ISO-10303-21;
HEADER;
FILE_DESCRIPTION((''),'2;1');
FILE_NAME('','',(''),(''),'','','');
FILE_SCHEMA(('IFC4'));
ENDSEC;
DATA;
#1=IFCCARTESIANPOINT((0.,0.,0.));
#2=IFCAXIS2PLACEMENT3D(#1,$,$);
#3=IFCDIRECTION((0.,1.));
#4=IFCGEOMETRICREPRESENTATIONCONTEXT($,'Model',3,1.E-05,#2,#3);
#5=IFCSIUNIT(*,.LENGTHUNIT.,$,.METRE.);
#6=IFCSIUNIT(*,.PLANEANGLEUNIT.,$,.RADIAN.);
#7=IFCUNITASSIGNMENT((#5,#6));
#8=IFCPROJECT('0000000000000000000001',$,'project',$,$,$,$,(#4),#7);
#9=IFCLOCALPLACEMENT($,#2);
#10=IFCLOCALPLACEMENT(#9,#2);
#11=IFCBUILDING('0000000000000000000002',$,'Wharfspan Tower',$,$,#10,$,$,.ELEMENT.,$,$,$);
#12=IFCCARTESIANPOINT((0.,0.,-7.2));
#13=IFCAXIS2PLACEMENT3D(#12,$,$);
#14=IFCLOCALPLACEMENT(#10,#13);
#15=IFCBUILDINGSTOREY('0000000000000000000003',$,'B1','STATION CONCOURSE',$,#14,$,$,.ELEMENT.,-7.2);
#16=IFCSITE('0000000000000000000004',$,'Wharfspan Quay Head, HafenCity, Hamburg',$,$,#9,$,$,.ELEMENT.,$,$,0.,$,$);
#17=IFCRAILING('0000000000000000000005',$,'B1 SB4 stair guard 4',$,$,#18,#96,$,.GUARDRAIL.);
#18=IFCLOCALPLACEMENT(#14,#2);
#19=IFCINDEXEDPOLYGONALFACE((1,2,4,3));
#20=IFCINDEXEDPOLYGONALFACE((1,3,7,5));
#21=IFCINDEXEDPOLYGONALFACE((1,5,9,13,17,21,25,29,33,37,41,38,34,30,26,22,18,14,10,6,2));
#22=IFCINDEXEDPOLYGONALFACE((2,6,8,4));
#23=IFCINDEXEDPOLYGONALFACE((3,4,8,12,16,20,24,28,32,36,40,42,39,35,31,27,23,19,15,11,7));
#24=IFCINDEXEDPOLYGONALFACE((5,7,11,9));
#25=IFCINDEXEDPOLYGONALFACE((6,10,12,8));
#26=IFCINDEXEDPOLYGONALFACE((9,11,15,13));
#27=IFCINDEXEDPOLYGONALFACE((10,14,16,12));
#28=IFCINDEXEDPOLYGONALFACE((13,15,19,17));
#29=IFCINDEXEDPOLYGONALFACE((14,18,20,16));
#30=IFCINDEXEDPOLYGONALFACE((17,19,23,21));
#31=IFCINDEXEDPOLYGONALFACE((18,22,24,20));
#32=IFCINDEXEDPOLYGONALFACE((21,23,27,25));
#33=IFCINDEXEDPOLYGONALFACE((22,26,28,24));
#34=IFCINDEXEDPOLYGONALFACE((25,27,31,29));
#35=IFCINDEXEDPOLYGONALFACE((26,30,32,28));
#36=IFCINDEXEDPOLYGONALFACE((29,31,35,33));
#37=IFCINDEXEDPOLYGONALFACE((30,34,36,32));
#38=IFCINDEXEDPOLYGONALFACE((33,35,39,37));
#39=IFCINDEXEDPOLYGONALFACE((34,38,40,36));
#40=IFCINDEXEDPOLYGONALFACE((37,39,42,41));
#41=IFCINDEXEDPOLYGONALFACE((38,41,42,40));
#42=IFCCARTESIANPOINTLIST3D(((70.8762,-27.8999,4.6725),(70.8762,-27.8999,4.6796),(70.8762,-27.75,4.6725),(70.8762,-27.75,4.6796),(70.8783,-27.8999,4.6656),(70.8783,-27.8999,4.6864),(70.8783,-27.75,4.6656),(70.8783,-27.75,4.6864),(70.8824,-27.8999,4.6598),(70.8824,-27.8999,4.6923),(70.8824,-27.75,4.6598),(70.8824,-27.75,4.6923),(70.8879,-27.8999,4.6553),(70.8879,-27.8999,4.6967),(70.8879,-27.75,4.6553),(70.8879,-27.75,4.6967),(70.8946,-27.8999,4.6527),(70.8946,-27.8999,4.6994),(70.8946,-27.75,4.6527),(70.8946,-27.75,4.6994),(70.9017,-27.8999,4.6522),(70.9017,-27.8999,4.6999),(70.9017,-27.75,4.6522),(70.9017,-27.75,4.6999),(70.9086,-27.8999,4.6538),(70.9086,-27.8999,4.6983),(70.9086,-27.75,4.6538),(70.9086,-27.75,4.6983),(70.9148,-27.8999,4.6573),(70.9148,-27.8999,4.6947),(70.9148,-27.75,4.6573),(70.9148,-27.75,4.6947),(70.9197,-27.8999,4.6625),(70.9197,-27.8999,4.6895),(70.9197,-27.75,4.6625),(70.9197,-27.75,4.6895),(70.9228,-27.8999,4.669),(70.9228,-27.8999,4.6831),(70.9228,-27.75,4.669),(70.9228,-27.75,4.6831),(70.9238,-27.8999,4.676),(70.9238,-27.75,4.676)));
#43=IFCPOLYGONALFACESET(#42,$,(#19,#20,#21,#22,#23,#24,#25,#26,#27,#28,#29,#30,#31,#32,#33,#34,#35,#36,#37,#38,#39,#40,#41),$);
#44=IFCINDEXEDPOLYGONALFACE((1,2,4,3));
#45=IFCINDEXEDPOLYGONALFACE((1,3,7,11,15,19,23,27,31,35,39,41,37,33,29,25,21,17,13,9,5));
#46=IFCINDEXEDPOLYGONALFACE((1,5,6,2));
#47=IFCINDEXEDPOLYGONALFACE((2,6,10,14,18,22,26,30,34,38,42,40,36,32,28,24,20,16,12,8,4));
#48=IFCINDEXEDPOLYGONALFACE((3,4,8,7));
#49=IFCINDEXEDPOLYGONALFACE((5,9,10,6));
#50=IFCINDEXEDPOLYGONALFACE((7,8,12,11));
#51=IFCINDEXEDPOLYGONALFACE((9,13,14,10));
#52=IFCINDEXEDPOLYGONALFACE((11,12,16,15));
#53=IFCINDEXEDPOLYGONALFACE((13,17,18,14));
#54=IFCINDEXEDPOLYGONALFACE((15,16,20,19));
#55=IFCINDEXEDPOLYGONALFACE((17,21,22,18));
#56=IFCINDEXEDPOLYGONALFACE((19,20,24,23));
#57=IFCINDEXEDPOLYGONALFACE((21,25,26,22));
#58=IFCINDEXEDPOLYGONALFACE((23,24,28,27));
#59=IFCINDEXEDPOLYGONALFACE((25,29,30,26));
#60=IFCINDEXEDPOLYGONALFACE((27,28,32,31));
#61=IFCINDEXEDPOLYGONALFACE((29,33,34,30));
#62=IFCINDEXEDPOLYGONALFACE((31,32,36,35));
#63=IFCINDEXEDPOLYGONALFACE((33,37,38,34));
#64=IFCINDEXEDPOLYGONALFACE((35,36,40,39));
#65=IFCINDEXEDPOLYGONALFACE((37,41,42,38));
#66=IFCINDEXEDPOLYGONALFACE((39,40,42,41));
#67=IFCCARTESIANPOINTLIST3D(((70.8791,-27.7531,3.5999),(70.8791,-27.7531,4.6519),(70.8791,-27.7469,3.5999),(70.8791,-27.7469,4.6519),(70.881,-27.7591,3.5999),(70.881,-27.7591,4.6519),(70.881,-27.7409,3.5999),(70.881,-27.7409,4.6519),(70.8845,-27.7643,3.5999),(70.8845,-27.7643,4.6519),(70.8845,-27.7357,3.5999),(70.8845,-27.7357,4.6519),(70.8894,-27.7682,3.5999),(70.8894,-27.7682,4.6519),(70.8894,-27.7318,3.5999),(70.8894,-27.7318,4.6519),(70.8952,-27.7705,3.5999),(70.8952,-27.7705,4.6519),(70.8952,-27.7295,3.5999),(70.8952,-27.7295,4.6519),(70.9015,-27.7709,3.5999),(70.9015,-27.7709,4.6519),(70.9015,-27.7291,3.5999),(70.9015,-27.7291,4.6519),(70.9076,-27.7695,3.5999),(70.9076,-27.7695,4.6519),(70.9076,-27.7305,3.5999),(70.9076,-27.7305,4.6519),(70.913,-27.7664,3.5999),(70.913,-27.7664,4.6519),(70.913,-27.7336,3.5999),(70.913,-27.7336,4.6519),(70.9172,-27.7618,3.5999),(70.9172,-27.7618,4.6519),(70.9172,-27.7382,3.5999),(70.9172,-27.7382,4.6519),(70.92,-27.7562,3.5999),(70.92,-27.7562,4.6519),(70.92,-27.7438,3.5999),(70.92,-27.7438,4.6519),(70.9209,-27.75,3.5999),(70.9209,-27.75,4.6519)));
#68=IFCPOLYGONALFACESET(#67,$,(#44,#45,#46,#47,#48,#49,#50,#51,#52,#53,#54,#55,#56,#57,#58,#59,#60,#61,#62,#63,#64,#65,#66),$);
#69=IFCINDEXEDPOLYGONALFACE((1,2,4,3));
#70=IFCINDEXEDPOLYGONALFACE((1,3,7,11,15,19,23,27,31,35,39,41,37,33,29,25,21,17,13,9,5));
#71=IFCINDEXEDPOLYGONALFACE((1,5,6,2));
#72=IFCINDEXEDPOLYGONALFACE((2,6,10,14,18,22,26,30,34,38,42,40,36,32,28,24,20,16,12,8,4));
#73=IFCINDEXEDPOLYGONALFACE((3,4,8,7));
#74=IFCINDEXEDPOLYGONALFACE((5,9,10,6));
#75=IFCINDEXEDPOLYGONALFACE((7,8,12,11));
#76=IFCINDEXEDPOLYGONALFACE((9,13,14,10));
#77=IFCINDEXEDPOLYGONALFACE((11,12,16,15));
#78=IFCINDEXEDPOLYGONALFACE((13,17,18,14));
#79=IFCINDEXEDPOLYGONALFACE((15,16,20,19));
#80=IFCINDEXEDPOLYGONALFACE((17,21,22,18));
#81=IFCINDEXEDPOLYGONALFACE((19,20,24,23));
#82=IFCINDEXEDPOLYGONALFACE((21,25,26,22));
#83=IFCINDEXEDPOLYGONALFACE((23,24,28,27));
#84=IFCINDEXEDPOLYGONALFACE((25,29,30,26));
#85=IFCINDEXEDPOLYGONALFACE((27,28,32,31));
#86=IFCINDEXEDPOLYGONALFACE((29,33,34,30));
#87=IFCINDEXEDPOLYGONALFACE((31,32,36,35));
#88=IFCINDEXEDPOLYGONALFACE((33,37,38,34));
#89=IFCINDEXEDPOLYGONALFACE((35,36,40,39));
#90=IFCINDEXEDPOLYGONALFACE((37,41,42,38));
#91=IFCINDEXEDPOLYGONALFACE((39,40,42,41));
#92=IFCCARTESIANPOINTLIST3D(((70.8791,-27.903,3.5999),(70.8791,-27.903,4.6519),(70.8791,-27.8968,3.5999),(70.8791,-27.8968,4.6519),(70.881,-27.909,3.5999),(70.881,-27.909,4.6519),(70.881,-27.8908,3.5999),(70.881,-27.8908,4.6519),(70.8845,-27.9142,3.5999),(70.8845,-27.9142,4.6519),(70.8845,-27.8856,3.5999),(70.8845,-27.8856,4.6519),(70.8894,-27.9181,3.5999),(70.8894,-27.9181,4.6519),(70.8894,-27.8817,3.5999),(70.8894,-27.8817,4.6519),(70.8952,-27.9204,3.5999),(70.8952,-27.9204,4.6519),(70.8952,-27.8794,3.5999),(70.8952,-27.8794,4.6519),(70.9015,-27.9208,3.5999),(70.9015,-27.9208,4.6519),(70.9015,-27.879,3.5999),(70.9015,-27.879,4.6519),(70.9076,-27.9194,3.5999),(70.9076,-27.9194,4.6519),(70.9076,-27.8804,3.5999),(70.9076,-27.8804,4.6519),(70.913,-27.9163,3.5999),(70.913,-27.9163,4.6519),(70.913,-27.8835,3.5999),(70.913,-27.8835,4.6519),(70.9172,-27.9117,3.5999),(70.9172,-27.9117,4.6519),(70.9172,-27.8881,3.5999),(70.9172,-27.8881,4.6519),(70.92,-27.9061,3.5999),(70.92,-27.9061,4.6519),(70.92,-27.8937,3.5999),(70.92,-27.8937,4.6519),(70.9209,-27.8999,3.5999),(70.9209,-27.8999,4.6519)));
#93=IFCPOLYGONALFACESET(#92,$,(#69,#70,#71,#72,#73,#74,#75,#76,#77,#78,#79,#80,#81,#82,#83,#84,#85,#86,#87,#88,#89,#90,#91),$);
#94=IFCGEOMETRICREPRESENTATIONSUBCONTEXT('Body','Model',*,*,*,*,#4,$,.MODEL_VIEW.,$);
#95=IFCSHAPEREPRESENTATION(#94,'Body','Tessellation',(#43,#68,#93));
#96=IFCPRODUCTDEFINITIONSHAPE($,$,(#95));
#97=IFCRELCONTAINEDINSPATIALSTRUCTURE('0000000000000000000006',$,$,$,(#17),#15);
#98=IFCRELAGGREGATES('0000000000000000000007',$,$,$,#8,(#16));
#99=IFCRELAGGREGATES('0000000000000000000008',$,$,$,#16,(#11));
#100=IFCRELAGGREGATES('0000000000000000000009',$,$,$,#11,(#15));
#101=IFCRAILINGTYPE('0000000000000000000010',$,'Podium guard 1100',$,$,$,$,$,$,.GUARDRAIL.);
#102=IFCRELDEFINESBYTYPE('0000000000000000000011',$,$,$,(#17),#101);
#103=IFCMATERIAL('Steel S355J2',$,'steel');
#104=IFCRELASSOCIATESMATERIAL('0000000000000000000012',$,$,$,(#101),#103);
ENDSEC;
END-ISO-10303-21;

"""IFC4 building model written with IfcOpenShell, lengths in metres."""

from ifc_helpers import new_model, si_unit, direction, frame, origin, origin_2d, place, context, subcontext, project, spatial, circle, extrude, material, type_object, element, save


model = new_model("IFC4")

# Units and contexts
model_context = context("Model", 3, precision=1e-05, world=origin(), true_north=direction((0.0, 1.0)))
body_context = subcontext(model_context, "Body", "Model", "MODEL_VIEW")
ifc_project = project(units=[si_unit("LENGTHUNIT", "METRE"), si_unit("PLANEANGLEUNIT", "RADIAN")], contexts=[model_context])

# Site, building, storey
site_placement = place(None, origin())
site = spatial("IfcSite", under=ifc_project, at=site_placement, Name="Wharfspan Quay Head, HafenCity, Hamburg", CompositionType="ELEMENT", RefElevation=0.0)
building_placement = place(site_placement, origin())
building = spatial("IfcBuilding", under=site, at=building_placement, Name="Wharfspan Tower", CompositionType="ELEMENT")
storey_placement = place(building_placement, frame((0.0, 0.0, -7.2)))
storey = spatial("IfcBuildingStorey", under=building, at=storey_placement, Name="B1", Description="STATION CONCOURSE", CompositionType="ELEMENT", Elevation=-7.2)

# Railing
ifc_material_1 = material(Name="Steel S355J2", Category="steel")
railing_type_1 = type_object("IfcRailingType", Name="Podium guard 1100", PredefinedType="GUARDRAIL", material=ifc_material_1)
railing_1_placement = place(storey_placement, frame((70.8999, -27.75, 3.5999)))
element("IfcRailing", 1, at=railing_1_placement, inside=storey, type_object=railing_type_1, Name="B1 SB4 stair guard 4", PredefinedType="GUARDRAIL", context=body_context, shape_type="SweptSolid", body=[
    extrude(circle(Radius=0.0239, at=origin_2d()), frame((0.0, 0.0, 1.0762), z_axis=(0.0, -1.0, 0.0), x_axis=(1.0, 0.0, 0.0)), (0.0, 0.0, 1.0), 0.1499),
    extrude(circle(Radius=0.021, at=origin_2d()), origin(), (0.0, 0.0, 1.0), 1.052),
    extrude(circle(Radius=0.021, at=origin_2d()), frame((0.0, -0.1499, 0.0)), (0.0, 0.0, 1.0), 1.052),
])

save(model, "model.ifc")
